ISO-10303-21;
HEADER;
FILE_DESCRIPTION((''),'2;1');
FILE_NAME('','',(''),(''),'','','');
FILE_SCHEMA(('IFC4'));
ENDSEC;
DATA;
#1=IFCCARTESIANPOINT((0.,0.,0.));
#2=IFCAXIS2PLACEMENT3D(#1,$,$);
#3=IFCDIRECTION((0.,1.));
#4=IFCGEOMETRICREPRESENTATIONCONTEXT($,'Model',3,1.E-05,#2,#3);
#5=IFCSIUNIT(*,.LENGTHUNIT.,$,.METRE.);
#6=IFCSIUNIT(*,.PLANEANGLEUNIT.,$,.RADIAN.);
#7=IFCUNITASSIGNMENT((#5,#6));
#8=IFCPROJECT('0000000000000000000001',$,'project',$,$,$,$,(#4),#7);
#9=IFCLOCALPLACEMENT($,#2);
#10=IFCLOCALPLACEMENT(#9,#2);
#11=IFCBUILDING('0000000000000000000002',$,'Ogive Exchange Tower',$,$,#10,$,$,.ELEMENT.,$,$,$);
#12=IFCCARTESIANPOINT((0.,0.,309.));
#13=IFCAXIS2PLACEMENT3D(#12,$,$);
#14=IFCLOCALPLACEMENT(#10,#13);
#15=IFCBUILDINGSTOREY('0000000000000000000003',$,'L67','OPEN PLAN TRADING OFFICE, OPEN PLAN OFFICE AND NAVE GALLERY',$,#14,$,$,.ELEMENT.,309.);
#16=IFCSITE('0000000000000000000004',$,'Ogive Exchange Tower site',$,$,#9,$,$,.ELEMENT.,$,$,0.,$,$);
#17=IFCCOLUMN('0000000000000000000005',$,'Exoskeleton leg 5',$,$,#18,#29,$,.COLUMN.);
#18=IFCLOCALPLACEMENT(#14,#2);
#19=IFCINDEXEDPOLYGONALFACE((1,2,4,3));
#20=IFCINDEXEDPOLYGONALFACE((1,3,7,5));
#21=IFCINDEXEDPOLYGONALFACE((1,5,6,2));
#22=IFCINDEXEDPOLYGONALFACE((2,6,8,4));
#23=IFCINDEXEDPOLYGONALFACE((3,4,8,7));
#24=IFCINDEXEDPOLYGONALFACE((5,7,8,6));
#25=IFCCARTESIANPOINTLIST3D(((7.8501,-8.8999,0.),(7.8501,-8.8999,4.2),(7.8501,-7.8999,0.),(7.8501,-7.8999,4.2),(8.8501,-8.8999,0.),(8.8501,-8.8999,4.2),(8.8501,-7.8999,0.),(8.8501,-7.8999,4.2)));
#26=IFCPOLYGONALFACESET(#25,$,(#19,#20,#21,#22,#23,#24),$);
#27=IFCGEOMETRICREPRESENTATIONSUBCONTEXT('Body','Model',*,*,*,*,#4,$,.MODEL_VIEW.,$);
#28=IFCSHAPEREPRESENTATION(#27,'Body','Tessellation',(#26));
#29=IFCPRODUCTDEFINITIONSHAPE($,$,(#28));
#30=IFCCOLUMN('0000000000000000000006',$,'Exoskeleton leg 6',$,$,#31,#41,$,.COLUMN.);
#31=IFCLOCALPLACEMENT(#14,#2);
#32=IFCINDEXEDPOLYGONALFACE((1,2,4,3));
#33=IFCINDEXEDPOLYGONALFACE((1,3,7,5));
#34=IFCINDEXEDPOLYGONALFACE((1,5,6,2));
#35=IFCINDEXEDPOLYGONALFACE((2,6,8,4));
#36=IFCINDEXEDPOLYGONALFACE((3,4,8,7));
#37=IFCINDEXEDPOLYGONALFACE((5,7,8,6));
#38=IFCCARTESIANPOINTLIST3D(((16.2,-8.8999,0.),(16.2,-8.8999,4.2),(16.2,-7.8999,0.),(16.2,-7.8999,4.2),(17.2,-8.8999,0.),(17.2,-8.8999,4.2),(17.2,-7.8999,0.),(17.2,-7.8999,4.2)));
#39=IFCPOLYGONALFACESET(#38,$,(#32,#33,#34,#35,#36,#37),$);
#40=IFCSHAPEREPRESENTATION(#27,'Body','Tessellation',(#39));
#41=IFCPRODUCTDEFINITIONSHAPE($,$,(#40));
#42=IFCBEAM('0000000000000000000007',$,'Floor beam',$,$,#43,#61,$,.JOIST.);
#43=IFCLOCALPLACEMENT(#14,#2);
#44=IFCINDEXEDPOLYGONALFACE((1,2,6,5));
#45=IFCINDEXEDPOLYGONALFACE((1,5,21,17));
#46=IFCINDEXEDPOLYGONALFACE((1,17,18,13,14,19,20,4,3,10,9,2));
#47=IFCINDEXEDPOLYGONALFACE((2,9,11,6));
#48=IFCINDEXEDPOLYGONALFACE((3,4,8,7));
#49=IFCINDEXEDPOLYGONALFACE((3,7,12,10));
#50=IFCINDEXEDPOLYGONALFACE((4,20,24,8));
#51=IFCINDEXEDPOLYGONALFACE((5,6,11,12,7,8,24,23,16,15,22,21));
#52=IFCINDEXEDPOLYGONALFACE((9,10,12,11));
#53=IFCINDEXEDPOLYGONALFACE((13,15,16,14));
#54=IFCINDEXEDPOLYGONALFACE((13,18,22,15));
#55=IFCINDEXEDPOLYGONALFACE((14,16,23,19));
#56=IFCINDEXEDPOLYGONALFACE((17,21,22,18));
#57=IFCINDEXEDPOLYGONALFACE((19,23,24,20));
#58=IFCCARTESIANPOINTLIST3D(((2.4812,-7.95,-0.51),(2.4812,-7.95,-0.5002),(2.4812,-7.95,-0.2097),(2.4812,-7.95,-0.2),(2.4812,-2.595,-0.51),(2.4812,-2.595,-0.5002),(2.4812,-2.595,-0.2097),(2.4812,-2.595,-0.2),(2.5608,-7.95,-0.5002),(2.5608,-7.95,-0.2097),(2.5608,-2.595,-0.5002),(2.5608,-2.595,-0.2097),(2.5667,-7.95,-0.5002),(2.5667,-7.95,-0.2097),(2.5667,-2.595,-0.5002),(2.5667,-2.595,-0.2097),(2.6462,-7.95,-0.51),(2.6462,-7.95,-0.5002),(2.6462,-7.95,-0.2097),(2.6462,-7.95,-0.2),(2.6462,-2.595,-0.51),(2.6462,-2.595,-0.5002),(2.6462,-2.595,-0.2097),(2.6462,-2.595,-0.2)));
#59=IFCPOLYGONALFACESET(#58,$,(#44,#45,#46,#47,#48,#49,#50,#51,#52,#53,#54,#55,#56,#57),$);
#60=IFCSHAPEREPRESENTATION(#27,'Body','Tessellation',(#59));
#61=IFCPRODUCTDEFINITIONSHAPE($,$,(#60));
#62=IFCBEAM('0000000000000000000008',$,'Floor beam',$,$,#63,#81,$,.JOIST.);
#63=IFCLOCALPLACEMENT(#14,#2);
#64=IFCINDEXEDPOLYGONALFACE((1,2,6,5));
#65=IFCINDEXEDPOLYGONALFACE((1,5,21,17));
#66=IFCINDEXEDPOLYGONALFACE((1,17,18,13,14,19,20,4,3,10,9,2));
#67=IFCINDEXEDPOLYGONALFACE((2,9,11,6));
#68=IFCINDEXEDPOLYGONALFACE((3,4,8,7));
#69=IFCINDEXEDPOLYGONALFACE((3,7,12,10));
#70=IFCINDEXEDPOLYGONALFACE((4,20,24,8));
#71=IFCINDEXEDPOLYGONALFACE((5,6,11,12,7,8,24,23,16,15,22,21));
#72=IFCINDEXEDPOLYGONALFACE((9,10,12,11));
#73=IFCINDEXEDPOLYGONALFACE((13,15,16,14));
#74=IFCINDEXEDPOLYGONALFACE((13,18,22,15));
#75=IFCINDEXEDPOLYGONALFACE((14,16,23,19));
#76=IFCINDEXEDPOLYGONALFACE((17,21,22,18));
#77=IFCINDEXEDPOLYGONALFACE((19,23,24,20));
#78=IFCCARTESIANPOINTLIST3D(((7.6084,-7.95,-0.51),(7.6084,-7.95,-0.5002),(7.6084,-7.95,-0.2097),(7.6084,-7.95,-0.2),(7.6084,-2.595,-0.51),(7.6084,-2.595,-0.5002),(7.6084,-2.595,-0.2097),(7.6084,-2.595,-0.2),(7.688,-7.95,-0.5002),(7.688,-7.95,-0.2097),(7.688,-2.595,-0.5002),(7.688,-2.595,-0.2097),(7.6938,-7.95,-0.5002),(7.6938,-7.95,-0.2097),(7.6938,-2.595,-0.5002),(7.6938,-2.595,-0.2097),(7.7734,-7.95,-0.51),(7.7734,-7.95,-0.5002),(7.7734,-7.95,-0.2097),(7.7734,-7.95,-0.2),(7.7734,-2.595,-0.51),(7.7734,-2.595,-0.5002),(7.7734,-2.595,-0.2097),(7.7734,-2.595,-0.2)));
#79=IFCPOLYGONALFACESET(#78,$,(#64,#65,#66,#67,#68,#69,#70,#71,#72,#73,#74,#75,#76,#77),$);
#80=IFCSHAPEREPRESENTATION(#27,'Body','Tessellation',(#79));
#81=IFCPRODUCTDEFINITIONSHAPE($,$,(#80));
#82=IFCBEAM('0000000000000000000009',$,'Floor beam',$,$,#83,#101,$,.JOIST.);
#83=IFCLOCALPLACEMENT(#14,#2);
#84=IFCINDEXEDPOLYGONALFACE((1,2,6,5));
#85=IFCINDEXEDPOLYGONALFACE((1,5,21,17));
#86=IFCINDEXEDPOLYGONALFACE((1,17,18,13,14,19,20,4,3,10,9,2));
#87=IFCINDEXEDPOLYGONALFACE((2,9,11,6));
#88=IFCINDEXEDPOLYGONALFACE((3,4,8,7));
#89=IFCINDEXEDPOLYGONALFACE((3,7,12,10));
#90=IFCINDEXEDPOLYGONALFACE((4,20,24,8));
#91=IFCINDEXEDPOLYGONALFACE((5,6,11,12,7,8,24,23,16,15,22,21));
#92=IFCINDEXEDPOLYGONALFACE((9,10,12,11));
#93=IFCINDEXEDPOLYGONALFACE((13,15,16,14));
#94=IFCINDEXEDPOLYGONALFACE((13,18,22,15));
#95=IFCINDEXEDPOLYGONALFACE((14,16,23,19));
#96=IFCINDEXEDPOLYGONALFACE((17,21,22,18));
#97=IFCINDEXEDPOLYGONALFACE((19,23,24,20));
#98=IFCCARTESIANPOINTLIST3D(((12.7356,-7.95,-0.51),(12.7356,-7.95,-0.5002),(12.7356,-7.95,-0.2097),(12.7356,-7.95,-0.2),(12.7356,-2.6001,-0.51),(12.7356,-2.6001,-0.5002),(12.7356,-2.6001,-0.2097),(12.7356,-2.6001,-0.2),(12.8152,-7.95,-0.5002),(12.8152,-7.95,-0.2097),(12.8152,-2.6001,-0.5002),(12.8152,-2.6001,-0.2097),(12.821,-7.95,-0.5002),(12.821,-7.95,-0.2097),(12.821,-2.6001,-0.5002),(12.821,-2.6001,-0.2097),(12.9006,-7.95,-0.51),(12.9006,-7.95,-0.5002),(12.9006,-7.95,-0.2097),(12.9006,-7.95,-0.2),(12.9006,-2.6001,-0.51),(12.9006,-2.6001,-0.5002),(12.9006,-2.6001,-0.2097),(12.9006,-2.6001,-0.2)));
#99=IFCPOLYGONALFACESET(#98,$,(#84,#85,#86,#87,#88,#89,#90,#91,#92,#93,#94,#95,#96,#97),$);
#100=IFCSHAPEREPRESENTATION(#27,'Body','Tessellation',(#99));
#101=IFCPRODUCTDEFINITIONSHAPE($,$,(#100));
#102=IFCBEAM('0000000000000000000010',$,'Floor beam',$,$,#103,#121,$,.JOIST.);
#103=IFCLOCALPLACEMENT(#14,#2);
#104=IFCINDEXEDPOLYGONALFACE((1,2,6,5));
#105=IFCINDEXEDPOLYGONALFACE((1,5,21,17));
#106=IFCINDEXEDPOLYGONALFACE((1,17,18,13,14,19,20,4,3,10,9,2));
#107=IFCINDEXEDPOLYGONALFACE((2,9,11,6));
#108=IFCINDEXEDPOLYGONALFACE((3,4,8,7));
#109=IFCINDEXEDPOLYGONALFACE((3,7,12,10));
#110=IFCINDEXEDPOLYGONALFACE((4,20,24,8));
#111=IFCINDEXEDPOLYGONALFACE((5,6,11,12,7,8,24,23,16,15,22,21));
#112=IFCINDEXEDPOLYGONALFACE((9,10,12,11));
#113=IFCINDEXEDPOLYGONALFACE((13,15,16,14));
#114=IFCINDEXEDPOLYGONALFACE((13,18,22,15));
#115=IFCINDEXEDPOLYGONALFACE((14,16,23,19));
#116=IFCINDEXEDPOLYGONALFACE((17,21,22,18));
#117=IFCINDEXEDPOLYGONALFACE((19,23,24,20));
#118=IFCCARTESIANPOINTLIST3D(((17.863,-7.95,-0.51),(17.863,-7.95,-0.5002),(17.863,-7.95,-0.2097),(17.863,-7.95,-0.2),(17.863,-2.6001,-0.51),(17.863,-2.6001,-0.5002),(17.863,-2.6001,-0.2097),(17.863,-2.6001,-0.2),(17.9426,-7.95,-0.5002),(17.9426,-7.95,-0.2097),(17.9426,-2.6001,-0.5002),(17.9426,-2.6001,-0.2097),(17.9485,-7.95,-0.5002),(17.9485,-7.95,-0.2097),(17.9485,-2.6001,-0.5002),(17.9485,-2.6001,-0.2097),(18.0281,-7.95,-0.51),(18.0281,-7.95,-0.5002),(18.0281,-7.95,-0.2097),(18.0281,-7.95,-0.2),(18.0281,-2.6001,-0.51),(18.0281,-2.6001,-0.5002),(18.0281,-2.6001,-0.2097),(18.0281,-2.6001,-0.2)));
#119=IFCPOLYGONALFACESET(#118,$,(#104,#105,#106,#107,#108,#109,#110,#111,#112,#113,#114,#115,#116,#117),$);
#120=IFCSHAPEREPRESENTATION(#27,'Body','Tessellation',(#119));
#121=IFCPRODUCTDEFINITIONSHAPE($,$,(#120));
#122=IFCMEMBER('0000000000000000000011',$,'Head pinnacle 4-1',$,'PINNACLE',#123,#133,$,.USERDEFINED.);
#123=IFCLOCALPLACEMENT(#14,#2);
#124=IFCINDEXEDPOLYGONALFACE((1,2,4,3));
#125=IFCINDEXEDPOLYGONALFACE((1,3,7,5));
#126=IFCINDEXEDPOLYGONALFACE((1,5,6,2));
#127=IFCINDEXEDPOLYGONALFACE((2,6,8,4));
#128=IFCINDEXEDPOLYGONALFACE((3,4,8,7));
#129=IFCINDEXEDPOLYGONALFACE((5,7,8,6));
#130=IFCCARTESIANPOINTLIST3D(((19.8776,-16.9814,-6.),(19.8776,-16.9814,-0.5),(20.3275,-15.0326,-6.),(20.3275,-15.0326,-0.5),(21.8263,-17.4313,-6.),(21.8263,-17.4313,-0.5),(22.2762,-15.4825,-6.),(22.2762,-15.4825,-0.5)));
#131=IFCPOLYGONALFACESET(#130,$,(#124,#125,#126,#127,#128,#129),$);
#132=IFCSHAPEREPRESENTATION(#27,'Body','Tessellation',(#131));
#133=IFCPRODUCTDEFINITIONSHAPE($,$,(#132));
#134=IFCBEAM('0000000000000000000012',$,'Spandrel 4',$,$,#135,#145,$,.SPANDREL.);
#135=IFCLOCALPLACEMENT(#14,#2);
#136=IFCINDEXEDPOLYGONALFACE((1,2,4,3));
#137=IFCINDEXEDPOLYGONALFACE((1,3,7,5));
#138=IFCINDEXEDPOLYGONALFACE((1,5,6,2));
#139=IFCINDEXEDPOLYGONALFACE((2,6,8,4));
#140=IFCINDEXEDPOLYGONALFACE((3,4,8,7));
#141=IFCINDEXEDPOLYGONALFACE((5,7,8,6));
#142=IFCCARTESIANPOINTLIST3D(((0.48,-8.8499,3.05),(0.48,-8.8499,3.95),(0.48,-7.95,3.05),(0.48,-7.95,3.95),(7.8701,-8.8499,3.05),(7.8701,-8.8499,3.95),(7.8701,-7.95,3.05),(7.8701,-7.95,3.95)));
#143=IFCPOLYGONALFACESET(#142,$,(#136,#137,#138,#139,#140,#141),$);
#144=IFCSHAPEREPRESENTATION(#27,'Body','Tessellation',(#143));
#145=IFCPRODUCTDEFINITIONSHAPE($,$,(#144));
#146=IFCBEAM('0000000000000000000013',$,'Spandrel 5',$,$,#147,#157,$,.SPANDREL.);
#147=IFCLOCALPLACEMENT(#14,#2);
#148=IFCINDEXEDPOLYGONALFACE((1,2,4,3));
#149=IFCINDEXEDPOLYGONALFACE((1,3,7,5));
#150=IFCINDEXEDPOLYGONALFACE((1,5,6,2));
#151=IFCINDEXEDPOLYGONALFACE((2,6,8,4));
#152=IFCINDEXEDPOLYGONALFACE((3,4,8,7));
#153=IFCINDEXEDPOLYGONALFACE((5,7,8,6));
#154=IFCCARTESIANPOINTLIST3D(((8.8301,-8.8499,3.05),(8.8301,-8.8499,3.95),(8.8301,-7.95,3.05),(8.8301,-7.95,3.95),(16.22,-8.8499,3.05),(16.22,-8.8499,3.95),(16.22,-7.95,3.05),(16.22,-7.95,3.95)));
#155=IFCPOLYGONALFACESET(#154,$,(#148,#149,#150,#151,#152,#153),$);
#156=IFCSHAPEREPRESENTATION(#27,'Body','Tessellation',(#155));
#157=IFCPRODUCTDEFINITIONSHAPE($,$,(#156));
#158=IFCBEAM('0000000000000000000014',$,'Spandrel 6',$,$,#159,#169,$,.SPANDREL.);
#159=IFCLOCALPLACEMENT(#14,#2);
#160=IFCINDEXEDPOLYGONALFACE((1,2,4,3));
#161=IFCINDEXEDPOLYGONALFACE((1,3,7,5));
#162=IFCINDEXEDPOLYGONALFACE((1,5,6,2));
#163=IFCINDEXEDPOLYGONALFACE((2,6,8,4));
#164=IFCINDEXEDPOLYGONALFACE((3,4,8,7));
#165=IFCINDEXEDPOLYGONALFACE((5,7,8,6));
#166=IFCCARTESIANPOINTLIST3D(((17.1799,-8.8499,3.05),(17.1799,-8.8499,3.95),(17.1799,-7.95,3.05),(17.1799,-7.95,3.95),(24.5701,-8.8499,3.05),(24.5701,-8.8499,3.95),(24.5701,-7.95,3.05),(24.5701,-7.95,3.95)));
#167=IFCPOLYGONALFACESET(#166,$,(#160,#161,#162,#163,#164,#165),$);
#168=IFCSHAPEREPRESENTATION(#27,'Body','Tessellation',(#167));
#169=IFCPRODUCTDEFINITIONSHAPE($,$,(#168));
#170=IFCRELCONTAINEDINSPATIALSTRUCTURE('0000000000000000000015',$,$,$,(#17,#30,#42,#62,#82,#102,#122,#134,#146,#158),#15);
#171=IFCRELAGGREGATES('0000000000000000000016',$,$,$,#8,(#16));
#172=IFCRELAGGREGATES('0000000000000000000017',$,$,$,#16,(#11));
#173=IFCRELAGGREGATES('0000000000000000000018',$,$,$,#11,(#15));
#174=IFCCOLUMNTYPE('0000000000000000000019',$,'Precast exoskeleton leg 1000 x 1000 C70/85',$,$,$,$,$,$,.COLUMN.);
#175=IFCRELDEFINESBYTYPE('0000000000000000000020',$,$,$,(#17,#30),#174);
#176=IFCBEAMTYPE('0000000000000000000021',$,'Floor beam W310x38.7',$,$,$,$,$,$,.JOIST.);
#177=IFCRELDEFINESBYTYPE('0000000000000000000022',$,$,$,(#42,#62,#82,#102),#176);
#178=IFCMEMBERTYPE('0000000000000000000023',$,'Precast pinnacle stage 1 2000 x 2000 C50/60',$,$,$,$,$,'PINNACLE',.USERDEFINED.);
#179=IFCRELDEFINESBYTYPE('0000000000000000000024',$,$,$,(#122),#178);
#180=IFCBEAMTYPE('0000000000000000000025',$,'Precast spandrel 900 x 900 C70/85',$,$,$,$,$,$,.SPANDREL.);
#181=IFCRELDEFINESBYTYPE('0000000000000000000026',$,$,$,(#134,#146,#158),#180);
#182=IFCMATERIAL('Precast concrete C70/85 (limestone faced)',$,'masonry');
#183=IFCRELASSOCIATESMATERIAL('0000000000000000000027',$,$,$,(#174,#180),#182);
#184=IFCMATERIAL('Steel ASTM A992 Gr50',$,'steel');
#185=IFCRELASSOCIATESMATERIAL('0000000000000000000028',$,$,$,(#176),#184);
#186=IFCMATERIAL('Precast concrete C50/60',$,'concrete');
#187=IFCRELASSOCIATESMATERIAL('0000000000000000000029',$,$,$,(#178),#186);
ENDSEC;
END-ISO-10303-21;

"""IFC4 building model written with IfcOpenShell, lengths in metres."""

from ifc_helpers import new_model, si_unit, direction, frame, origin, origin_2d, place, context, subcontext, project, spatial, rectangle, i_section, extrude, material, material_profile, profile_set, type_object, element, save


model = new_model("IFC4")

# Units and contexts
model_context = context("Model", 3, precision=1e-05, world=origin(), true_north=direction((0.0, 1.0)))
body_context = subcontext(model_context, "Body", "Model", "MODEL_VIEW")
ifc_project = project(units=[si_unit("LENGTHUNIT", "METRE"), si_unit("PLANEANGLEUNIT", "RADIAN")], contexts=[model_context])

# Site, building, storey
site_placement = place(None, origin())
site = spatial("IfcSite", under=ifc_project, at=site_placement, Name="Ogive Exchange Tower site", CompositionType="ELEMENT", RefElevation=0.0)
building_placement = place(site_placement, origin())
building = spatial("IfcBuilding", under=site, at=building_placement, Name="Ogive Exchange Tower", CompositionType="ELEMENT")
storey_placement = place(building_placement, frame((0.0, 0.0, 309.0)))
storey = spatial("IfcBuildingStorey", under=building, at=storey_placement, Name="L67", Description="OPEN PLAN TRADING OFFICE, OPEN PLAN OFFICE AND NAVE GALLERY", CompositionType="ELEMENT", Elevation=309.0)

# Columns
ifc_material_1 = material(Name="Precast concrete C70/85 (limestone faced)", Category="masonry")
ifc_material_profile_1 = material_profile(ifc_material_1, rectangle(XDim=1.0, YDim=1.0, at=origin_2d()), Name="1000 x 1000")
ifc_profile_set_1 = profile_set([ifc_material_profile_1], Name="Precast concrete C70/85 (limestone faced)")
column_type = type_object("IfcColumnType", Name="Precast exoskeleton leg 1000 x 1000 C70/85", PredefinedType="COLUMN", material=ifc_profile_set_1)
for number, where, z_axis, x_axis, name in (
    (1, (8.3501, -8.3999, 0.0), (0.0, 0.0, 1.0), (1.0, 0.0, 0.0), "Exoskeleton leg 5"),
    (2, (16.7, -8.3999, 0.0), (0.0, 0.0, 1.0), (1.0, 0.0, 0.0), "Exoskeleton leg 6"),
):
    element("IfcColumn", number, at=place(storey_placement, frame(where, z_axis=z_axis, x_axis=x_axis)), inside=storey, type_object=column_type, Name=name, PredefinedType="COLUMN", context=body_context, shape_type="SweptSolid", body=[
        extrude(rectangle(XDim=1.0, YDim=1.0, at=origin_2d()), origin(), (0.0, 0.0, 1.0), 4.2),
    ])

# Beams
ifc_material_2 = material(Name="Steel ASTM A992 Gr50", Category="steel")
ifc_material_profile_2 = material_profile(ifc_material_2, i_section(OverallWidth=0.165, OverallDepth=0.3101, WebThickness=0.0059, FlangeThickness=0.0098, at=origin_2d()), Name="W310x38.7")
ifc_profile_set_2 = profile_set([ifc_material_profile_2], Name="Steel ASTM A992 Gr50")
beam_type_1 = type_object("IfcBeamType", Name="Floor beam W310x38.7", PredefinedType="JOIST", material=ifc_profile_set_2)
for number, where, z_axis, x_axis, name in (
    (3, (2.5637, -7.95, -0.355), (0.0, 1.0, 0.0), (-1.0, 0.0, 0.0), "Floor beam"),
    (4, (7.6909, -7.95, -0.355), (0.0, 1.0, 0.0), (-1.0, 0.0, 0.0), "Floor beam"),
):
    element("IfcBeam", number, at=place(storey_placement, frame(where, z_axis=z_axis, x_axis=x_axis)), inside=storey, type_object=beam_type_1, Name=name, PredefinedType="JOIST", context=body_context, shape_type="SweptSolid", body=[
        extrude(i_section(OverallWidth=0.165, OverallDepth=0.3101, WebThickness=0.0059, FlangeThickness=0.0098, at=origin_2d()), origin(), (0.0, 0.0, 1.0), 5.355),
    ])
for number, where, z_axis, x_axis, name in (
    (5, (12.8181, -7.95, -0.355), (0.0, 1.0, 0.0), (-1.0, 0.0, 0.0), "Floor beam"),
    (6, (17.9456, -7.95, -0.355), (0.0, 1.0, 0.0), (-1.0, 0.0, 0.0), "Floor beam"),
):
    element("IfcBeam", number, at=place(storey_placement, frame(where, z_axis=z_axis, x_axis=x_axis)), inside=storey, type_object=beam_type_1, Name=name, PredefinedType="JOIST", context=body_context, shape_type="SweptSolid", body=[
        extrude(i_section(OverallWidth=0.165, OverallDepth=0.3101, WebThickness=0.0059, FlangeThickness=0.0098, at=origin_2d()), origin(), (0.0, 0.0, 1.0), 5.3499),
    ])

# Member
ifc_material_3 = material(Name="Precast concrete C50/60", Category="concrete")
ifc_material_profile_3 = material_profile(ifc_material_3, rectangle(XDim=2.0, YDim=2.0, at=origin_2d()), Name="PINNACLE 1 2000 x 2000")
ifc_profile_set_3 = profile_set([ifc_material_profile_3], Name="Precast concrete C50/60")
member_type = type_object("IfcMemberType", Name="Precast pinnacle stage 1 2000 x 2000 C50/60", ElementType="PINNACLE", PredefinedType="USERDEFINED", material=ifc_profile_set_3)
member_placement = place(storey_placement, frame((21.0769, -16.2319, -6.0), z_axis=(0.0, 0.0, 1.0), x_axis=(0.97437, -0.224951, 0.0)))
element("IfcMember", 7, at=member_placement, inside=storey, type_object=member_type, Name="Head pinnacle 4-1", ObjectType="PINNACLE", PredefinedType="USERDEFINED", context=body_context, shape_type="SweptSolid", body=[
    extrude(rectangle(XDim=2.0, YDim=2.0, at=origin_2d()), origin(), (0.0, 0.0, 1.0), 5.5),
])

# Beams
ifc_material_profile_4 = material_profile(ifc_material_1, rectangle(XDim=0.8999, YDim=0.8999, at=origin_2d()), Name="900 x 900")
ifc_profile_set_4 = profile_set([ifc_material_profile_4], Name="Precast concrete C70/85 (limestone faced)")
beam_type_2 = type_object("IfcBeamType", Name="Precast spandrel 900 x 900 C70/85", PredefinedType="SPANDREL", material=ifc_profile_set_4)
beam_1_placement = place(storey_placement, frame((0.48, -8.3999, 3.5), z_axis=(1.0, 0.0, 0.0), x_axis=(0.0, 1.0, 0.0)))
element("IfcBeam", 8, at=beam_1_placement, inside=storey, type_object=beam_type_2, Name="Spandrel 4", PredefinedType="SPANDREL", context=body_context, shape_type="SweptSolid", body=[
    extrude(rectangle(XDim=0.8999, YDim=0.8999, at=origin_2d()), origin(), (0.0, 0.0, 1.0), 7.3901),
])
beam_2_placement = place(storey_placement, frame((8.8301, -8.3999, 3.5), z_axis=(1.0, 0.0, 0.0), x_axis=(0.0, 1.0, 0.0)))
element("IfcBeam", 9, at=beam_2_placement, inside=storey, type_object=beam_type_2, Name="Spandrel 5", PredefinedType="SPANDREL", context=body_context, shape_type="SweptSolid", body=[
    extrude(rectangle(XDim=0.8999, YDim=0.8999, at=origin_2d()), origin(), (0.0, 0.0, 1.0), 7.3899),
])
beam_3_placement = place(storey_placement, frame((17.1799, -8.3999, 3.5), z_axis=(1.0, 0.0, 0.0), x_axis=(0.0, 1.0, 0.0)))
element("IfcBeam", 10, at=beam_3_placement, inside=storey, type_object=beam_type_2, Name="Spandrel 6", PredefinedType="SPANDREL", context=body_context, shape_type="SweptSolid", body=[
    extrude(rectangle(XDim=0.8999, YDim=0.8999, at=origin_2d()), origin(), (0.0, 0.0, 1.0), 7.3901),
])

save(model, "model.ifc")
